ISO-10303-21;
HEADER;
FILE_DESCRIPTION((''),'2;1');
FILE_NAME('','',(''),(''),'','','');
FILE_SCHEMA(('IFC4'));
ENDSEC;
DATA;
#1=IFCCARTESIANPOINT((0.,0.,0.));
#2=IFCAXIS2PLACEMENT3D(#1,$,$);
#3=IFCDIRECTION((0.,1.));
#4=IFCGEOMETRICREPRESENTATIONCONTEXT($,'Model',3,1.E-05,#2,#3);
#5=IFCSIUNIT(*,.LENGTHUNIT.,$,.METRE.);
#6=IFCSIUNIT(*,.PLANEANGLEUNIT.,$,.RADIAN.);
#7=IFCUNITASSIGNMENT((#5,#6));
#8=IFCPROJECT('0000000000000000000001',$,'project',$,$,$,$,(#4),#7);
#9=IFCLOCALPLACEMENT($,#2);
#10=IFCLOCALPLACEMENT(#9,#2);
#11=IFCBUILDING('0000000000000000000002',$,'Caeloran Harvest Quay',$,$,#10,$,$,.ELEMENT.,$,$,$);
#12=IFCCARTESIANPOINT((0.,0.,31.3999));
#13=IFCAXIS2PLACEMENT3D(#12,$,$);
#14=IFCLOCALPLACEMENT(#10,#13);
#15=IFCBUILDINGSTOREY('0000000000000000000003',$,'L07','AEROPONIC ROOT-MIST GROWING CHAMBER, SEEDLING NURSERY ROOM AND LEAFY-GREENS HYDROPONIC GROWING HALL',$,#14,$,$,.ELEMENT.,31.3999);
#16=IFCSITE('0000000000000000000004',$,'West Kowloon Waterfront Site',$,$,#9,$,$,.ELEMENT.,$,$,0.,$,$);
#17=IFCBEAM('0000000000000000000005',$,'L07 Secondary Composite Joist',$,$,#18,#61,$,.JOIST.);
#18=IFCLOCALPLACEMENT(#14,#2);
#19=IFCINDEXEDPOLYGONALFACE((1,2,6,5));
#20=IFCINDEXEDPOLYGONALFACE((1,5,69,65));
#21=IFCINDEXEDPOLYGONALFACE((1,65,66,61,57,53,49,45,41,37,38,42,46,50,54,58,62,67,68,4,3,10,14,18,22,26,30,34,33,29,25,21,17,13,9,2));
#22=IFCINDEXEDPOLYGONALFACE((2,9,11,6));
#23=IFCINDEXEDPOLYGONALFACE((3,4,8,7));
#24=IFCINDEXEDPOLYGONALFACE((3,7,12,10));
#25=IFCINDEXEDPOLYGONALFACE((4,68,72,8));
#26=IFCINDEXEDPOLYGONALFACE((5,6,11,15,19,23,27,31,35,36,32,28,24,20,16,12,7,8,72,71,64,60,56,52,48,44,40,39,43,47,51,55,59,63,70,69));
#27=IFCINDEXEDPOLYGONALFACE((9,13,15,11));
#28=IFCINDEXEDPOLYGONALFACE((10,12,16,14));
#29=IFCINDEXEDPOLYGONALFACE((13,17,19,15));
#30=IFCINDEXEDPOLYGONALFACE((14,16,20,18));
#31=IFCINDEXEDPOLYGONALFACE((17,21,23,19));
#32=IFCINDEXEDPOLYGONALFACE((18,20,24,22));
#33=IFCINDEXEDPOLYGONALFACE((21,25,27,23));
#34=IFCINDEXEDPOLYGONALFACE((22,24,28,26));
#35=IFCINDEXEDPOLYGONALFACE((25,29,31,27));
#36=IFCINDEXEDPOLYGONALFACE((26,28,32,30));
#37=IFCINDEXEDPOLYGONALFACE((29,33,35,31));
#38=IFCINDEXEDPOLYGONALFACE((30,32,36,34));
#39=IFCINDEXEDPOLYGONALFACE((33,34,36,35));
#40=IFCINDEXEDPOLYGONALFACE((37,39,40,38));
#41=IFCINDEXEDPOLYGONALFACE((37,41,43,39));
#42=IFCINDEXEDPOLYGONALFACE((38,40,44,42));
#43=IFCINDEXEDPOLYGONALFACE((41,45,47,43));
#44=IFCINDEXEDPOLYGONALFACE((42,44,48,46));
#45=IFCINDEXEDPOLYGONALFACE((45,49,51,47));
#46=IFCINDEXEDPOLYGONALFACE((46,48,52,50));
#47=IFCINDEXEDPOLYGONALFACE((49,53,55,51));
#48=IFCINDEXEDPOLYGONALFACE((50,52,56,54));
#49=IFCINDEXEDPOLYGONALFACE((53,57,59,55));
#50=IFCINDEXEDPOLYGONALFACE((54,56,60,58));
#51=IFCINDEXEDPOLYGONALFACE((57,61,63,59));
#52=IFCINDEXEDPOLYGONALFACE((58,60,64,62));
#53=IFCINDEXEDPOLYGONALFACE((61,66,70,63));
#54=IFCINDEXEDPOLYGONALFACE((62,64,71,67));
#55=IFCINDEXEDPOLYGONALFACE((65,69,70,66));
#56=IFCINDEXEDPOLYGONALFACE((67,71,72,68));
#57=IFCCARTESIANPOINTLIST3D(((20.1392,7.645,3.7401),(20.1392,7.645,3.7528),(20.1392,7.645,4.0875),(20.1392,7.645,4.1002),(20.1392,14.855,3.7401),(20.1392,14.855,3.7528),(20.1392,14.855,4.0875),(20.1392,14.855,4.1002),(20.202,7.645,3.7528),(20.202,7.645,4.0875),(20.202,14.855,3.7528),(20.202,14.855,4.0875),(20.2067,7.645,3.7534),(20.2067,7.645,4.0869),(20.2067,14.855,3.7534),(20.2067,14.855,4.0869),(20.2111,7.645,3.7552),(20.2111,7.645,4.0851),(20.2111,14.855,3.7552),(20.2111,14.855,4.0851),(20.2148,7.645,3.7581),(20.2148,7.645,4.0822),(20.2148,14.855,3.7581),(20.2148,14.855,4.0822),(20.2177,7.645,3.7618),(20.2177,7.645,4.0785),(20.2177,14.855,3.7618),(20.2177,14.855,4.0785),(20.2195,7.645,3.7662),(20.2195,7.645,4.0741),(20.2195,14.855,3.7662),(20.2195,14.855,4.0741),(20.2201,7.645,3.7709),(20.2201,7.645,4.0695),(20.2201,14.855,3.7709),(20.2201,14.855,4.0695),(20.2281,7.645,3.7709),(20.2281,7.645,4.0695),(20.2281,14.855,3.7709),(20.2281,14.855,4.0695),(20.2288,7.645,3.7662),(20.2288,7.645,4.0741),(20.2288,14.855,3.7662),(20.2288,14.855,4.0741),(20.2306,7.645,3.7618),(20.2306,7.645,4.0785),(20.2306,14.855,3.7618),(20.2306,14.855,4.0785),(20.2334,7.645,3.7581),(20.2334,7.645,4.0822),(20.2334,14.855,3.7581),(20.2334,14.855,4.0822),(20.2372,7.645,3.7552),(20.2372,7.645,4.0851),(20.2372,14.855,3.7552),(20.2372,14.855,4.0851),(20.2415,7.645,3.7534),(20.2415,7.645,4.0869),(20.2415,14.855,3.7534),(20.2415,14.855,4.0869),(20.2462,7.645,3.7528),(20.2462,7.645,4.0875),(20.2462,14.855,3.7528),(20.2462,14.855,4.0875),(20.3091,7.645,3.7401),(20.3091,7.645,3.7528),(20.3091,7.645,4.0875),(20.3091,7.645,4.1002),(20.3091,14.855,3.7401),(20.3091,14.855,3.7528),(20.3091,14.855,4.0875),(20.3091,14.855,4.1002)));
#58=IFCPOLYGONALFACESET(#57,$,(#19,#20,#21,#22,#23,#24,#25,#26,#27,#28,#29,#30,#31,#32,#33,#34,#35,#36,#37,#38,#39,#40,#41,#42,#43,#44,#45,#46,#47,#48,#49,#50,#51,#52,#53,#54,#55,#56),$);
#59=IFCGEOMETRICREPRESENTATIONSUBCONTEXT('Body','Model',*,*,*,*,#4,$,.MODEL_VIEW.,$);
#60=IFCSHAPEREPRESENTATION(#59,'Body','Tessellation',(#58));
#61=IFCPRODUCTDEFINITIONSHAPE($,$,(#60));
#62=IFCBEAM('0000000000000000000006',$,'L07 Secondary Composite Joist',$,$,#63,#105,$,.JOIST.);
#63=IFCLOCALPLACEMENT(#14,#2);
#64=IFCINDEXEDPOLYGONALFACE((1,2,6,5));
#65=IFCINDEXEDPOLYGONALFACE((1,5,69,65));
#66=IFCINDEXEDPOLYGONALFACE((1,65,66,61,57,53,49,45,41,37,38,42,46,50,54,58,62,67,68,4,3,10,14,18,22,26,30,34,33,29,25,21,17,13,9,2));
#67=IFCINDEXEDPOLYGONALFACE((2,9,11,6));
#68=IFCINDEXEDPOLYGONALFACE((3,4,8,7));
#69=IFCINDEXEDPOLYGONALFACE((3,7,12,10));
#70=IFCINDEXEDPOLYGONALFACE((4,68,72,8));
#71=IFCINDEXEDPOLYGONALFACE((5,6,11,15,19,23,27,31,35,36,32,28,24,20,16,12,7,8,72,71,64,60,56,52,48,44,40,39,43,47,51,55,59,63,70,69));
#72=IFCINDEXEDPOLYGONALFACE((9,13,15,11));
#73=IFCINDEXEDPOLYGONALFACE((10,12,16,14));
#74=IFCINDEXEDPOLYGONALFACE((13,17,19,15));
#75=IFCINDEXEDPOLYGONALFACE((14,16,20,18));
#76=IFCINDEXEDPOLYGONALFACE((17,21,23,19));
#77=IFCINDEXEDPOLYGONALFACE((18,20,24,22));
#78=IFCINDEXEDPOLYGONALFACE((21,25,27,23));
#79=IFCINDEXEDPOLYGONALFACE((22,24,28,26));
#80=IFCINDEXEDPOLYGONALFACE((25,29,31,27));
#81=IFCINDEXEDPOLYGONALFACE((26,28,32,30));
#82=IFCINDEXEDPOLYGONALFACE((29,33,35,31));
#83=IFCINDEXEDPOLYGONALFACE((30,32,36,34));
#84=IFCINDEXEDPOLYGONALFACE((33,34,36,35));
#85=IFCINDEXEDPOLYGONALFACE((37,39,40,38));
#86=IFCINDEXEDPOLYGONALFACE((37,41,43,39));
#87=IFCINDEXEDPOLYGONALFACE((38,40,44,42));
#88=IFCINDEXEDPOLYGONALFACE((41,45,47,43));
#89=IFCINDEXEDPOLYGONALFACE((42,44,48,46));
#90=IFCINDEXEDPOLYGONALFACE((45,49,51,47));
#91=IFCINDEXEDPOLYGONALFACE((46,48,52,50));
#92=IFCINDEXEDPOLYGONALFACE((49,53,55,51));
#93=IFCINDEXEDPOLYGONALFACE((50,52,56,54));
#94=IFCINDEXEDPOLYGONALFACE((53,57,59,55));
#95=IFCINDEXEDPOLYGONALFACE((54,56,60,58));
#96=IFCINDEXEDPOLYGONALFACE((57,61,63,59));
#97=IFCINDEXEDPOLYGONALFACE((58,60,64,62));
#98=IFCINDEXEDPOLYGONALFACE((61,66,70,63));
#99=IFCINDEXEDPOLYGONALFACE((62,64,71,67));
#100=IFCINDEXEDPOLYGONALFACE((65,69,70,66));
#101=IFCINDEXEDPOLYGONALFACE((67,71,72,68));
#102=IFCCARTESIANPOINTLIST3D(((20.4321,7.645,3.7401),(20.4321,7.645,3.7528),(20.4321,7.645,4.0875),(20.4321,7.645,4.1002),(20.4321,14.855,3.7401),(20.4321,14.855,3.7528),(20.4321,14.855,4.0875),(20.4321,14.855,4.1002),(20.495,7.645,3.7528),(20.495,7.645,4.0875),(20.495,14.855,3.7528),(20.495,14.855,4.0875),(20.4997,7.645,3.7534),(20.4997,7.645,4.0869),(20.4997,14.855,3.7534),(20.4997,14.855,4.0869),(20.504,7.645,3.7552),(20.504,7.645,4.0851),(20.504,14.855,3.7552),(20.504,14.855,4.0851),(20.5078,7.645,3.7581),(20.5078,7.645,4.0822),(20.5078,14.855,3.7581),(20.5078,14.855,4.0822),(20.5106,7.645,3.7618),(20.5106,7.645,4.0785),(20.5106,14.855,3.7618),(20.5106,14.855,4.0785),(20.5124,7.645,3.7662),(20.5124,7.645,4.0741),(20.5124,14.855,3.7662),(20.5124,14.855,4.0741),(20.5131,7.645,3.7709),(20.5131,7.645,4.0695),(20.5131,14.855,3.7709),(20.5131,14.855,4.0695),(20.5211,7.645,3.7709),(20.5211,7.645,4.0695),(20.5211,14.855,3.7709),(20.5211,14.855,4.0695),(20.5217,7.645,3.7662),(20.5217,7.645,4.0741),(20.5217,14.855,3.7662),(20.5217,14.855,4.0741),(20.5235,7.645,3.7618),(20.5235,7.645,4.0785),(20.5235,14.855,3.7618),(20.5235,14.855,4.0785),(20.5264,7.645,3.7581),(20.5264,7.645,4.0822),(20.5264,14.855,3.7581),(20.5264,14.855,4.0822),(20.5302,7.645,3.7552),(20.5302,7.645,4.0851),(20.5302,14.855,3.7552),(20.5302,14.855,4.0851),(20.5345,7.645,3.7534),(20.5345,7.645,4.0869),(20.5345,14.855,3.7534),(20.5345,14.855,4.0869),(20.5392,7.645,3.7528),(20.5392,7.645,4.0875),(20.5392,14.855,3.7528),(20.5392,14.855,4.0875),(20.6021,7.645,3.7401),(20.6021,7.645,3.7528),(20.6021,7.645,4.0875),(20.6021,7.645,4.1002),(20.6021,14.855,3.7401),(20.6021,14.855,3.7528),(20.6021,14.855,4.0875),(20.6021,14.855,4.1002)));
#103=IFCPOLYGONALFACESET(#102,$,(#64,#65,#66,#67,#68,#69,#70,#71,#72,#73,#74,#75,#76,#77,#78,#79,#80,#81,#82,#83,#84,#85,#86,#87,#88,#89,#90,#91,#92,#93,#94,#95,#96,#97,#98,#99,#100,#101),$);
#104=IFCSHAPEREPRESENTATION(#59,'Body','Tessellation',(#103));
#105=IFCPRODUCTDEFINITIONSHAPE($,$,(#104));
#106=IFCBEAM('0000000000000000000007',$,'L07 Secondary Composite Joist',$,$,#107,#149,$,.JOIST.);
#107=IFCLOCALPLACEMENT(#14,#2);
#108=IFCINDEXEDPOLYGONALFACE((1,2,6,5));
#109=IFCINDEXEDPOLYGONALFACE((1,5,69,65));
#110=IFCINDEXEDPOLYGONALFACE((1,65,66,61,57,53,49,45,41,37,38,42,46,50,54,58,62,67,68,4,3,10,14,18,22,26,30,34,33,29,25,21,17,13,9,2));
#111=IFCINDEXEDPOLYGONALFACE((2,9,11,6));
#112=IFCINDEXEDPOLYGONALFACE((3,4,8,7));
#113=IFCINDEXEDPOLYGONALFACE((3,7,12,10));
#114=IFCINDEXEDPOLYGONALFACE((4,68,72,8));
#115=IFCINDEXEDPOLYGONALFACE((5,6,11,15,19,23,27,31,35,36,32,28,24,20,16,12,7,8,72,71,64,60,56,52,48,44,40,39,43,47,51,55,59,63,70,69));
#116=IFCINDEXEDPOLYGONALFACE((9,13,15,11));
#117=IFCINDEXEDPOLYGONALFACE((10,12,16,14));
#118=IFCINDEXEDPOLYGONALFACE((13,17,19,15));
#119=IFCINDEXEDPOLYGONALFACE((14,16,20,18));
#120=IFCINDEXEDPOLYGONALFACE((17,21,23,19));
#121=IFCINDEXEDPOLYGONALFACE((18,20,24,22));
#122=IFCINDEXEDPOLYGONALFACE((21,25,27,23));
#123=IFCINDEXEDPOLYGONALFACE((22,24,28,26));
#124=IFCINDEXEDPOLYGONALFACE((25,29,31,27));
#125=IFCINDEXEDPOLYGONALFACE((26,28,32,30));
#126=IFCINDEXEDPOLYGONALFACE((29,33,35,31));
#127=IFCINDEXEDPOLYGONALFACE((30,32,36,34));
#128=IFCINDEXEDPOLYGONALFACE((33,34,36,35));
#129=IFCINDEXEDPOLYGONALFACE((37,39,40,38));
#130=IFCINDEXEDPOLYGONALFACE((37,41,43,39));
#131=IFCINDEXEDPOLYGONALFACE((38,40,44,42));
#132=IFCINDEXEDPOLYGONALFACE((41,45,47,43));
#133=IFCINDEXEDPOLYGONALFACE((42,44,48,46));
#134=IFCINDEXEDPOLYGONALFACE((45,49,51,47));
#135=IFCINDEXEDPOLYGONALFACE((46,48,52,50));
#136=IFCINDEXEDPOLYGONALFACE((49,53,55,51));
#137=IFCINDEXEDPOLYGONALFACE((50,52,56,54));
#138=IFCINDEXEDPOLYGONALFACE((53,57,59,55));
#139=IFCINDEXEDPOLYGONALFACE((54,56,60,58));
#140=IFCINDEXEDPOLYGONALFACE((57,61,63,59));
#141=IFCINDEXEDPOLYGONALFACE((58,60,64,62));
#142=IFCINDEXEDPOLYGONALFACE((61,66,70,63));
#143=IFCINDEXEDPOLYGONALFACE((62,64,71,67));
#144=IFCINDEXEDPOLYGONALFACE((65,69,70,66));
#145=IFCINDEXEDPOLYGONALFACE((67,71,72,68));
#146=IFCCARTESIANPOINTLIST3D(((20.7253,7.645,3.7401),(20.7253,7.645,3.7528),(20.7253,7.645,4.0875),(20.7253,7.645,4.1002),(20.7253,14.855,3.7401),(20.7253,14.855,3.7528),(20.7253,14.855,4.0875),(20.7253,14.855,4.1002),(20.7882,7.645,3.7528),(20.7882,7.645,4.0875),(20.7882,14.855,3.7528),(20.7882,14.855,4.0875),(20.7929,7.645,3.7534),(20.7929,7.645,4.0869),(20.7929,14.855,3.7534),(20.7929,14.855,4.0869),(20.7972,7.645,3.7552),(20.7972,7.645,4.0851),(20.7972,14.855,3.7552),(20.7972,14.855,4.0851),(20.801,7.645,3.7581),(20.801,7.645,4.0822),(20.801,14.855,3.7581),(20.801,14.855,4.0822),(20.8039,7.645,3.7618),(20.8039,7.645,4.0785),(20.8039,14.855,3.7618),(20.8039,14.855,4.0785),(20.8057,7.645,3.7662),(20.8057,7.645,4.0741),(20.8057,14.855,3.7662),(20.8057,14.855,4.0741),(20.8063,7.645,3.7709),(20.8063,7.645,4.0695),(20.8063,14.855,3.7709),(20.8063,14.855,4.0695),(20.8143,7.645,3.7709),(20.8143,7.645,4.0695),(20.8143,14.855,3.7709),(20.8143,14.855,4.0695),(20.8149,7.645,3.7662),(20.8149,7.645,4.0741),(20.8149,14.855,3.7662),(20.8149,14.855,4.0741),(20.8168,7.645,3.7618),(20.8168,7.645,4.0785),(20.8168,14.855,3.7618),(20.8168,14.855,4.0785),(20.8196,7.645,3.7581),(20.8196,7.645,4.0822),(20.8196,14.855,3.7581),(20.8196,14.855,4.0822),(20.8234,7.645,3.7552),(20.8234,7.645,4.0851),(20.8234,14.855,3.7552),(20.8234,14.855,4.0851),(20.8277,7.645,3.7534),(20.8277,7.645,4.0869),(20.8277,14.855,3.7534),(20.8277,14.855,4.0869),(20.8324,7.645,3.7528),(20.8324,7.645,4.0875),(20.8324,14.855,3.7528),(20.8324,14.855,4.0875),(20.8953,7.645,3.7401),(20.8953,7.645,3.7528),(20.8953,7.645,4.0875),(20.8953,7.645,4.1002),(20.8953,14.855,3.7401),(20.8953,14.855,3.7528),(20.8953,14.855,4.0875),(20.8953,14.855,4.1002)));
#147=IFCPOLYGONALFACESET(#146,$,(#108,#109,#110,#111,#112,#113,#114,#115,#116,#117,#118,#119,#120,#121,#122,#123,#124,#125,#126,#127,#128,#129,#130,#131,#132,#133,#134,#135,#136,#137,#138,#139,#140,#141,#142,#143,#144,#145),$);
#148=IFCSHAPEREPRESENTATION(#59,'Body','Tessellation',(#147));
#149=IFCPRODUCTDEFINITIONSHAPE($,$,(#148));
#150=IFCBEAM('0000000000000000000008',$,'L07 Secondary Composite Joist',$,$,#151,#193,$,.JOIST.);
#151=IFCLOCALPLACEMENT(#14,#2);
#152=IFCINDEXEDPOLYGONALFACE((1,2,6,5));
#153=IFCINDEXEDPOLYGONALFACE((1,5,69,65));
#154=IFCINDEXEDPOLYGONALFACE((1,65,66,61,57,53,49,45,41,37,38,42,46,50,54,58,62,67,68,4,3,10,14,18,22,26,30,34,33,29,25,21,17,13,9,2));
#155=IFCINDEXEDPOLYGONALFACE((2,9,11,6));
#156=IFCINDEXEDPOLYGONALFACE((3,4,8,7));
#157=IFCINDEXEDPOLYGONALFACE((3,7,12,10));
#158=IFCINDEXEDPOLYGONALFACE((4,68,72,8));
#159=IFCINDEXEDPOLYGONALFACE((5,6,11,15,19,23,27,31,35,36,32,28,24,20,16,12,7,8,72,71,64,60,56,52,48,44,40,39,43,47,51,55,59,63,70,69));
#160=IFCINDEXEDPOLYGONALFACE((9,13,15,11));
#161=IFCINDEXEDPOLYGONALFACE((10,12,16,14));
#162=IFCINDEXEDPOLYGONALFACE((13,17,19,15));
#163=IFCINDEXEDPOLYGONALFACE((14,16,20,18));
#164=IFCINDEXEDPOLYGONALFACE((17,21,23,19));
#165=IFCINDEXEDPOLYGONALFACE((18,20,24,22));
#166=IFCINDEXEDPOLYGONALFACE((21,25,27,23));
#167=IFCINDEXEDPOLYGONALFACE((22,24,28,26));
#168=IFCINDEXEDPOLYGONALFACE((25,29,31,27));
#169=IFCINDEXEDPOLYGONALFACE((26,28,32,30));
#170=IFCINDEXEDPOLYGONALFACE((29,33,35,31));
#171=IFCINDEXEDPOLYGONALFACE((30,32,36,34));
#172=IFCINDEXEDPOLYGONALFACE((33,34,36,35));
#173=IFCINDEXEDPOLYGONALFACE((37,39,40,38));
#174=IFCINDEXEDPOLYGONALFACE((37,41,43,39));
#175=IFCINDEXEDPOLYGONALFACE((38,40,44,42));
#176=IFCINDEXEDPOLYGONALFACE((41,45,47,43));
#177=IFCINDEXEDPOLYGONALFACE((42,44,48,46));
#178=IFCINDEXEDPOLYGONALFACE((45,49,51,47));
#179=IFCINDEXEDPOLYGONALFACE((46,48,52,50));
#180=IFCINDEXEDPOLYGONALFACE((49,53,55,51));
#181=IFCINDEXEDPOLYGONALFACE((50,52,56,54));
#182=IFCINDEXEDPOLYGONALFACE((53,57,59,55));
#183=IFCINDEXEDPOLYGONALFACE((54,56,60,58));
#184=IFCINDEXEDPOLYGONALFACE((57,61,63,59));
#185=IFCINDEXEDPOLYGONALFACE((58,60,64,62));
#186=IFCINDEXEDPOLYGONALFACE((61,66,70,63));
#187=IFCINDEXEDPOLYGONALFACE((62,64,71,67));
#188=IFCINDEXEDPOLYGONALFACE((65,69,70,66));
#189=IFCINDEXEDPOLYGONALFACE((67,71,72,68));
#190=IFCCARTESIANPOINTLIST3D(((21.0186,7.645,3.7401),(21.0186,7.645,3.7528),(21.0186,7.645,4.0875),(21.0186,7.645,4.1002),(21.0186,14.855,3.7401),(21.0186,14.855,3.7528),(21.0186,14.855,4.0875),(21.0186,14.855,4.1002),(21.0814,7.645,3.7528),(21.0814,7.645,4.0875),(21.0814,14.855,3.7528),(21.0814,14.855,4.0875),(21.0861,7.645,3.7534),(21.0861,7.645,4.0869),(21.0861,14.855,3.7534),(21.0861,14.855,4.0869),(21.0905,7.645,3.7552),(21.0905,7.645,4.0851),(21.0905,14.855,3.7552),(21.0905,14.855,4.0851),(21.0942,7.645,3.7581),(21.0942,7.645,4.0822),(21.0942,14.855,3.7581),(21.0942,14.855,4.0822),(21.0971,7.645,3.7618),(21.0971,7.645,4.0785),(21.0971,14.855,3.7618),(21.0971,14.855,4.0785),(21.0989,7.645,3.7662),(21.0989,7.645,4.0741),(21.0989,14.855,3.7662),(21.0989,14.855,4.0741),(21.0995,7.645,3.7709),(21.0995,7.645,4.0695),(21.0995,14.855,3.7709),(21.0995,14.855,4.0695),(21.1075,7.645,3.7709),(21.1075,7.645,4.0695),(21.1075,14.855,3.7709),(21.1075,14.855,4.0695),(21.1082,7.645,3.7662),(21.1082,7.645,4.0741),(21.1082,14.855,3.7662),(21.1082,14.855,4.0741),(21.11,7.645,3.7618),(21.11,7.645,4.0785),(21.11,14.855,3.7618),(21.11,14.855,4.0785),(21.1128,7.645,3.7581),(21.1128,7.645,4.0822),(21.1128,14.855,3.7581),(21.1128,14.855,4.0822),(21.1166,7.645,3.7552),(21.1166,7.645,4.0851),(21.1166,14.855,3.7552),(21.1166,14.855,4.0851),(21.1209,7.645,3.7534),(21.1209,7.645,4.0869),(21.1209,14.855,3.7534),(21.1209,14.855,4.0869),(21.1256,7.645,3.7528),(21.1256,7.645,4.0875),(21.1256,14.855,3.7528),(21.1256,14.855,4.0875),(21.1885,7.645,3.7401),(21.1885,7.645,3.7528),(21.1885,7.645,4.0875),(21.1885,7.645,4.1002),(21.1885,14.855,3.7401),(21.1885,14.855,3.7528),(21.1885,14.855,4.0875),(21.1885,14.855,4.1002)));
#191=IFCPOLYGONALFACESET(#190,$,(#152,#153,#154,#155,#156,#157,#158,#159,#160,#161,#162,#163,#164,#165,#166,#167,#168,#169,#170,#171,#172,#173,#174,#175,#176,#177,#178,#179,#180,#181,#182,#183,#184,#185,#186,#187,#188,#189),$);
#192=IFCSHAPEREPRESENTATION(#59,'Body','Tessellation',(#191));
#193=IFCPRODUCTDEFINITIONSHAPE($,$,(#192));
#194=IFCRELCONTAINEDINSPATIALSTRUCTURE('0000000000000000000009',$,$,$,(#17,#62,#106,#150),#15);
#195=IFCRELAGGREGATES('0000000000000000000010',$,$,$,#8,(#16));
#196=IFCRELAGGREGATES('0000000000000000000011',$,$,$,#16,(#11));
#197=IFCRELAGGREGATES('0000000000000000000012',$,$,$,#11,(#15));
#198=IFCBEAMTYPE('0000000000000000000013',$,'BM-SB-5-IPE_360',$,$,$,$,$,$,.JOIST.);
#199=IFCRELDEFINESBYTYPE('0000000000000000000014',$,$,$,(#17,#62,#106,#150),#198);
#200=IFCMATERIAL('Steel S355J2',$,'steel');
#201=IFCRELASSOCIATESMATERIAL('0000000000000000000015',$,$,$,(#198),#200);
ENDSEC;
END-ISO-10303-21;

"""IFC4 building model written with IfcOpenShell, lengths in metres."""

from ifc_helpers import new_model, si_unit, direction, frame, origin, origin_2d, place, context, subcontext, project, spatial, i_section, extrude, material, material_profile, profile_set, type_object, element, save


model = new_model("IFC4")

# Units and contexts
model_context = context("Model", 3, precision=1e-05, world=origin(), true_north=direction((0.0, 1.0)))
body_context = subcontext(model_context, "Body", "Model", "MODEL_VIEW")
ifc_project = project(units=[si_unit("LENGTHUNIT", "METRE"), si_unit("PLANEANGLEUNIT", "RADIAN")], contexts=[model_context])

# Site, building, storey
site_placement = place(None, origin())
site = spatial("IfcSite", under=ifc_project, at=site_placement, Name="West Kowloon Waterfront Site", CompositionType="ELEMENT", RefElevation=0.0)
building_placement = place(site_placement, origin())
building = spatial("IfcBuilding", under=site, at=building_placement, Name="Caeloran Harvest Quay", CompositionType="ELEMENT")
storey_placement = place(building_placement, frame((0.0, 0.0, 31.3999)))
storey = spatial("IfcBuildingStorey", under=building, at=storey_placement, Name="L07", Description="AEROPONIC ROOT-MIST GROWING CHAMBER, SEEDLING NURSERY ROOM AND LEAFY-GREENS HYDROPONIC GROWING HALL", CompositionType="ELEMENT", Elevation=31.3999)

# Beams
ifc_material = material(Name="Steel S355J2", Category="steel")
ifc_material_profile_1 = material_profile(ifc_material, i_section(OverallWidth=0.1699, OverallDepth=0.3601, WebThickness=0.0081, FlangeThickness=0.0127, FilletRadius=0.0181, at=origin_2d()), Name="IPE 360")
ifc_profile_set_1 = profile_set([ifc_material_profile_1], Name="Steel S355J2")
beam_type_1 = type_object("IfcBeamType", Name="BM-SB-5-IPE_360", PredefinedType="JOIST", material=ifc_profile_set_1)
for number, where, z_axis, x_axis, name in (
    (1, (20.2241, 7.645, 3.9202), (0.0, 1.0, 0.0), (-1.0, 0.0, 0.0), "L07 Secondary Composite Joist"),
    (2, (20.5171, 7.645, 3.9202), (0.0, 1.0, 0.0), (-1.0, 0.0, 0.0), "L07 Secondary Composite Joist"),
    (3, (20.8103, 7.645, 3.9202), (0.0, 1.0, 0.0), (-1.0, 0.0, 0.0), "L07 Secondary Composite Joist"),
    (4, (21.1035, 7.645, 3.9202), (0.0, 1.0, 0.0), (-1.0, 0.0, 0.0), "L07 Secondary Composite Joist"),
):
    element("IfcBeam", number, at=place(storey_placement, frame(where, z_axis=z_axis, x_axis=x_axis)), inside=storey, type_object=beam_type_1, Name=name, PredefinedType="JOIST", context=body_context, shape_type="SweptSolid", body=[
        extrude(i_section(OverallWidth=0.1699, OverallDepth=0.3601, WebThickness=0.0081, FlangeThickness=0.0127, FilletRadius=0.0181, at=origin_2d()), origin(), (0.0, 0.0, 1.0), 7.21),
    ])

save(model, "model.ifc")
